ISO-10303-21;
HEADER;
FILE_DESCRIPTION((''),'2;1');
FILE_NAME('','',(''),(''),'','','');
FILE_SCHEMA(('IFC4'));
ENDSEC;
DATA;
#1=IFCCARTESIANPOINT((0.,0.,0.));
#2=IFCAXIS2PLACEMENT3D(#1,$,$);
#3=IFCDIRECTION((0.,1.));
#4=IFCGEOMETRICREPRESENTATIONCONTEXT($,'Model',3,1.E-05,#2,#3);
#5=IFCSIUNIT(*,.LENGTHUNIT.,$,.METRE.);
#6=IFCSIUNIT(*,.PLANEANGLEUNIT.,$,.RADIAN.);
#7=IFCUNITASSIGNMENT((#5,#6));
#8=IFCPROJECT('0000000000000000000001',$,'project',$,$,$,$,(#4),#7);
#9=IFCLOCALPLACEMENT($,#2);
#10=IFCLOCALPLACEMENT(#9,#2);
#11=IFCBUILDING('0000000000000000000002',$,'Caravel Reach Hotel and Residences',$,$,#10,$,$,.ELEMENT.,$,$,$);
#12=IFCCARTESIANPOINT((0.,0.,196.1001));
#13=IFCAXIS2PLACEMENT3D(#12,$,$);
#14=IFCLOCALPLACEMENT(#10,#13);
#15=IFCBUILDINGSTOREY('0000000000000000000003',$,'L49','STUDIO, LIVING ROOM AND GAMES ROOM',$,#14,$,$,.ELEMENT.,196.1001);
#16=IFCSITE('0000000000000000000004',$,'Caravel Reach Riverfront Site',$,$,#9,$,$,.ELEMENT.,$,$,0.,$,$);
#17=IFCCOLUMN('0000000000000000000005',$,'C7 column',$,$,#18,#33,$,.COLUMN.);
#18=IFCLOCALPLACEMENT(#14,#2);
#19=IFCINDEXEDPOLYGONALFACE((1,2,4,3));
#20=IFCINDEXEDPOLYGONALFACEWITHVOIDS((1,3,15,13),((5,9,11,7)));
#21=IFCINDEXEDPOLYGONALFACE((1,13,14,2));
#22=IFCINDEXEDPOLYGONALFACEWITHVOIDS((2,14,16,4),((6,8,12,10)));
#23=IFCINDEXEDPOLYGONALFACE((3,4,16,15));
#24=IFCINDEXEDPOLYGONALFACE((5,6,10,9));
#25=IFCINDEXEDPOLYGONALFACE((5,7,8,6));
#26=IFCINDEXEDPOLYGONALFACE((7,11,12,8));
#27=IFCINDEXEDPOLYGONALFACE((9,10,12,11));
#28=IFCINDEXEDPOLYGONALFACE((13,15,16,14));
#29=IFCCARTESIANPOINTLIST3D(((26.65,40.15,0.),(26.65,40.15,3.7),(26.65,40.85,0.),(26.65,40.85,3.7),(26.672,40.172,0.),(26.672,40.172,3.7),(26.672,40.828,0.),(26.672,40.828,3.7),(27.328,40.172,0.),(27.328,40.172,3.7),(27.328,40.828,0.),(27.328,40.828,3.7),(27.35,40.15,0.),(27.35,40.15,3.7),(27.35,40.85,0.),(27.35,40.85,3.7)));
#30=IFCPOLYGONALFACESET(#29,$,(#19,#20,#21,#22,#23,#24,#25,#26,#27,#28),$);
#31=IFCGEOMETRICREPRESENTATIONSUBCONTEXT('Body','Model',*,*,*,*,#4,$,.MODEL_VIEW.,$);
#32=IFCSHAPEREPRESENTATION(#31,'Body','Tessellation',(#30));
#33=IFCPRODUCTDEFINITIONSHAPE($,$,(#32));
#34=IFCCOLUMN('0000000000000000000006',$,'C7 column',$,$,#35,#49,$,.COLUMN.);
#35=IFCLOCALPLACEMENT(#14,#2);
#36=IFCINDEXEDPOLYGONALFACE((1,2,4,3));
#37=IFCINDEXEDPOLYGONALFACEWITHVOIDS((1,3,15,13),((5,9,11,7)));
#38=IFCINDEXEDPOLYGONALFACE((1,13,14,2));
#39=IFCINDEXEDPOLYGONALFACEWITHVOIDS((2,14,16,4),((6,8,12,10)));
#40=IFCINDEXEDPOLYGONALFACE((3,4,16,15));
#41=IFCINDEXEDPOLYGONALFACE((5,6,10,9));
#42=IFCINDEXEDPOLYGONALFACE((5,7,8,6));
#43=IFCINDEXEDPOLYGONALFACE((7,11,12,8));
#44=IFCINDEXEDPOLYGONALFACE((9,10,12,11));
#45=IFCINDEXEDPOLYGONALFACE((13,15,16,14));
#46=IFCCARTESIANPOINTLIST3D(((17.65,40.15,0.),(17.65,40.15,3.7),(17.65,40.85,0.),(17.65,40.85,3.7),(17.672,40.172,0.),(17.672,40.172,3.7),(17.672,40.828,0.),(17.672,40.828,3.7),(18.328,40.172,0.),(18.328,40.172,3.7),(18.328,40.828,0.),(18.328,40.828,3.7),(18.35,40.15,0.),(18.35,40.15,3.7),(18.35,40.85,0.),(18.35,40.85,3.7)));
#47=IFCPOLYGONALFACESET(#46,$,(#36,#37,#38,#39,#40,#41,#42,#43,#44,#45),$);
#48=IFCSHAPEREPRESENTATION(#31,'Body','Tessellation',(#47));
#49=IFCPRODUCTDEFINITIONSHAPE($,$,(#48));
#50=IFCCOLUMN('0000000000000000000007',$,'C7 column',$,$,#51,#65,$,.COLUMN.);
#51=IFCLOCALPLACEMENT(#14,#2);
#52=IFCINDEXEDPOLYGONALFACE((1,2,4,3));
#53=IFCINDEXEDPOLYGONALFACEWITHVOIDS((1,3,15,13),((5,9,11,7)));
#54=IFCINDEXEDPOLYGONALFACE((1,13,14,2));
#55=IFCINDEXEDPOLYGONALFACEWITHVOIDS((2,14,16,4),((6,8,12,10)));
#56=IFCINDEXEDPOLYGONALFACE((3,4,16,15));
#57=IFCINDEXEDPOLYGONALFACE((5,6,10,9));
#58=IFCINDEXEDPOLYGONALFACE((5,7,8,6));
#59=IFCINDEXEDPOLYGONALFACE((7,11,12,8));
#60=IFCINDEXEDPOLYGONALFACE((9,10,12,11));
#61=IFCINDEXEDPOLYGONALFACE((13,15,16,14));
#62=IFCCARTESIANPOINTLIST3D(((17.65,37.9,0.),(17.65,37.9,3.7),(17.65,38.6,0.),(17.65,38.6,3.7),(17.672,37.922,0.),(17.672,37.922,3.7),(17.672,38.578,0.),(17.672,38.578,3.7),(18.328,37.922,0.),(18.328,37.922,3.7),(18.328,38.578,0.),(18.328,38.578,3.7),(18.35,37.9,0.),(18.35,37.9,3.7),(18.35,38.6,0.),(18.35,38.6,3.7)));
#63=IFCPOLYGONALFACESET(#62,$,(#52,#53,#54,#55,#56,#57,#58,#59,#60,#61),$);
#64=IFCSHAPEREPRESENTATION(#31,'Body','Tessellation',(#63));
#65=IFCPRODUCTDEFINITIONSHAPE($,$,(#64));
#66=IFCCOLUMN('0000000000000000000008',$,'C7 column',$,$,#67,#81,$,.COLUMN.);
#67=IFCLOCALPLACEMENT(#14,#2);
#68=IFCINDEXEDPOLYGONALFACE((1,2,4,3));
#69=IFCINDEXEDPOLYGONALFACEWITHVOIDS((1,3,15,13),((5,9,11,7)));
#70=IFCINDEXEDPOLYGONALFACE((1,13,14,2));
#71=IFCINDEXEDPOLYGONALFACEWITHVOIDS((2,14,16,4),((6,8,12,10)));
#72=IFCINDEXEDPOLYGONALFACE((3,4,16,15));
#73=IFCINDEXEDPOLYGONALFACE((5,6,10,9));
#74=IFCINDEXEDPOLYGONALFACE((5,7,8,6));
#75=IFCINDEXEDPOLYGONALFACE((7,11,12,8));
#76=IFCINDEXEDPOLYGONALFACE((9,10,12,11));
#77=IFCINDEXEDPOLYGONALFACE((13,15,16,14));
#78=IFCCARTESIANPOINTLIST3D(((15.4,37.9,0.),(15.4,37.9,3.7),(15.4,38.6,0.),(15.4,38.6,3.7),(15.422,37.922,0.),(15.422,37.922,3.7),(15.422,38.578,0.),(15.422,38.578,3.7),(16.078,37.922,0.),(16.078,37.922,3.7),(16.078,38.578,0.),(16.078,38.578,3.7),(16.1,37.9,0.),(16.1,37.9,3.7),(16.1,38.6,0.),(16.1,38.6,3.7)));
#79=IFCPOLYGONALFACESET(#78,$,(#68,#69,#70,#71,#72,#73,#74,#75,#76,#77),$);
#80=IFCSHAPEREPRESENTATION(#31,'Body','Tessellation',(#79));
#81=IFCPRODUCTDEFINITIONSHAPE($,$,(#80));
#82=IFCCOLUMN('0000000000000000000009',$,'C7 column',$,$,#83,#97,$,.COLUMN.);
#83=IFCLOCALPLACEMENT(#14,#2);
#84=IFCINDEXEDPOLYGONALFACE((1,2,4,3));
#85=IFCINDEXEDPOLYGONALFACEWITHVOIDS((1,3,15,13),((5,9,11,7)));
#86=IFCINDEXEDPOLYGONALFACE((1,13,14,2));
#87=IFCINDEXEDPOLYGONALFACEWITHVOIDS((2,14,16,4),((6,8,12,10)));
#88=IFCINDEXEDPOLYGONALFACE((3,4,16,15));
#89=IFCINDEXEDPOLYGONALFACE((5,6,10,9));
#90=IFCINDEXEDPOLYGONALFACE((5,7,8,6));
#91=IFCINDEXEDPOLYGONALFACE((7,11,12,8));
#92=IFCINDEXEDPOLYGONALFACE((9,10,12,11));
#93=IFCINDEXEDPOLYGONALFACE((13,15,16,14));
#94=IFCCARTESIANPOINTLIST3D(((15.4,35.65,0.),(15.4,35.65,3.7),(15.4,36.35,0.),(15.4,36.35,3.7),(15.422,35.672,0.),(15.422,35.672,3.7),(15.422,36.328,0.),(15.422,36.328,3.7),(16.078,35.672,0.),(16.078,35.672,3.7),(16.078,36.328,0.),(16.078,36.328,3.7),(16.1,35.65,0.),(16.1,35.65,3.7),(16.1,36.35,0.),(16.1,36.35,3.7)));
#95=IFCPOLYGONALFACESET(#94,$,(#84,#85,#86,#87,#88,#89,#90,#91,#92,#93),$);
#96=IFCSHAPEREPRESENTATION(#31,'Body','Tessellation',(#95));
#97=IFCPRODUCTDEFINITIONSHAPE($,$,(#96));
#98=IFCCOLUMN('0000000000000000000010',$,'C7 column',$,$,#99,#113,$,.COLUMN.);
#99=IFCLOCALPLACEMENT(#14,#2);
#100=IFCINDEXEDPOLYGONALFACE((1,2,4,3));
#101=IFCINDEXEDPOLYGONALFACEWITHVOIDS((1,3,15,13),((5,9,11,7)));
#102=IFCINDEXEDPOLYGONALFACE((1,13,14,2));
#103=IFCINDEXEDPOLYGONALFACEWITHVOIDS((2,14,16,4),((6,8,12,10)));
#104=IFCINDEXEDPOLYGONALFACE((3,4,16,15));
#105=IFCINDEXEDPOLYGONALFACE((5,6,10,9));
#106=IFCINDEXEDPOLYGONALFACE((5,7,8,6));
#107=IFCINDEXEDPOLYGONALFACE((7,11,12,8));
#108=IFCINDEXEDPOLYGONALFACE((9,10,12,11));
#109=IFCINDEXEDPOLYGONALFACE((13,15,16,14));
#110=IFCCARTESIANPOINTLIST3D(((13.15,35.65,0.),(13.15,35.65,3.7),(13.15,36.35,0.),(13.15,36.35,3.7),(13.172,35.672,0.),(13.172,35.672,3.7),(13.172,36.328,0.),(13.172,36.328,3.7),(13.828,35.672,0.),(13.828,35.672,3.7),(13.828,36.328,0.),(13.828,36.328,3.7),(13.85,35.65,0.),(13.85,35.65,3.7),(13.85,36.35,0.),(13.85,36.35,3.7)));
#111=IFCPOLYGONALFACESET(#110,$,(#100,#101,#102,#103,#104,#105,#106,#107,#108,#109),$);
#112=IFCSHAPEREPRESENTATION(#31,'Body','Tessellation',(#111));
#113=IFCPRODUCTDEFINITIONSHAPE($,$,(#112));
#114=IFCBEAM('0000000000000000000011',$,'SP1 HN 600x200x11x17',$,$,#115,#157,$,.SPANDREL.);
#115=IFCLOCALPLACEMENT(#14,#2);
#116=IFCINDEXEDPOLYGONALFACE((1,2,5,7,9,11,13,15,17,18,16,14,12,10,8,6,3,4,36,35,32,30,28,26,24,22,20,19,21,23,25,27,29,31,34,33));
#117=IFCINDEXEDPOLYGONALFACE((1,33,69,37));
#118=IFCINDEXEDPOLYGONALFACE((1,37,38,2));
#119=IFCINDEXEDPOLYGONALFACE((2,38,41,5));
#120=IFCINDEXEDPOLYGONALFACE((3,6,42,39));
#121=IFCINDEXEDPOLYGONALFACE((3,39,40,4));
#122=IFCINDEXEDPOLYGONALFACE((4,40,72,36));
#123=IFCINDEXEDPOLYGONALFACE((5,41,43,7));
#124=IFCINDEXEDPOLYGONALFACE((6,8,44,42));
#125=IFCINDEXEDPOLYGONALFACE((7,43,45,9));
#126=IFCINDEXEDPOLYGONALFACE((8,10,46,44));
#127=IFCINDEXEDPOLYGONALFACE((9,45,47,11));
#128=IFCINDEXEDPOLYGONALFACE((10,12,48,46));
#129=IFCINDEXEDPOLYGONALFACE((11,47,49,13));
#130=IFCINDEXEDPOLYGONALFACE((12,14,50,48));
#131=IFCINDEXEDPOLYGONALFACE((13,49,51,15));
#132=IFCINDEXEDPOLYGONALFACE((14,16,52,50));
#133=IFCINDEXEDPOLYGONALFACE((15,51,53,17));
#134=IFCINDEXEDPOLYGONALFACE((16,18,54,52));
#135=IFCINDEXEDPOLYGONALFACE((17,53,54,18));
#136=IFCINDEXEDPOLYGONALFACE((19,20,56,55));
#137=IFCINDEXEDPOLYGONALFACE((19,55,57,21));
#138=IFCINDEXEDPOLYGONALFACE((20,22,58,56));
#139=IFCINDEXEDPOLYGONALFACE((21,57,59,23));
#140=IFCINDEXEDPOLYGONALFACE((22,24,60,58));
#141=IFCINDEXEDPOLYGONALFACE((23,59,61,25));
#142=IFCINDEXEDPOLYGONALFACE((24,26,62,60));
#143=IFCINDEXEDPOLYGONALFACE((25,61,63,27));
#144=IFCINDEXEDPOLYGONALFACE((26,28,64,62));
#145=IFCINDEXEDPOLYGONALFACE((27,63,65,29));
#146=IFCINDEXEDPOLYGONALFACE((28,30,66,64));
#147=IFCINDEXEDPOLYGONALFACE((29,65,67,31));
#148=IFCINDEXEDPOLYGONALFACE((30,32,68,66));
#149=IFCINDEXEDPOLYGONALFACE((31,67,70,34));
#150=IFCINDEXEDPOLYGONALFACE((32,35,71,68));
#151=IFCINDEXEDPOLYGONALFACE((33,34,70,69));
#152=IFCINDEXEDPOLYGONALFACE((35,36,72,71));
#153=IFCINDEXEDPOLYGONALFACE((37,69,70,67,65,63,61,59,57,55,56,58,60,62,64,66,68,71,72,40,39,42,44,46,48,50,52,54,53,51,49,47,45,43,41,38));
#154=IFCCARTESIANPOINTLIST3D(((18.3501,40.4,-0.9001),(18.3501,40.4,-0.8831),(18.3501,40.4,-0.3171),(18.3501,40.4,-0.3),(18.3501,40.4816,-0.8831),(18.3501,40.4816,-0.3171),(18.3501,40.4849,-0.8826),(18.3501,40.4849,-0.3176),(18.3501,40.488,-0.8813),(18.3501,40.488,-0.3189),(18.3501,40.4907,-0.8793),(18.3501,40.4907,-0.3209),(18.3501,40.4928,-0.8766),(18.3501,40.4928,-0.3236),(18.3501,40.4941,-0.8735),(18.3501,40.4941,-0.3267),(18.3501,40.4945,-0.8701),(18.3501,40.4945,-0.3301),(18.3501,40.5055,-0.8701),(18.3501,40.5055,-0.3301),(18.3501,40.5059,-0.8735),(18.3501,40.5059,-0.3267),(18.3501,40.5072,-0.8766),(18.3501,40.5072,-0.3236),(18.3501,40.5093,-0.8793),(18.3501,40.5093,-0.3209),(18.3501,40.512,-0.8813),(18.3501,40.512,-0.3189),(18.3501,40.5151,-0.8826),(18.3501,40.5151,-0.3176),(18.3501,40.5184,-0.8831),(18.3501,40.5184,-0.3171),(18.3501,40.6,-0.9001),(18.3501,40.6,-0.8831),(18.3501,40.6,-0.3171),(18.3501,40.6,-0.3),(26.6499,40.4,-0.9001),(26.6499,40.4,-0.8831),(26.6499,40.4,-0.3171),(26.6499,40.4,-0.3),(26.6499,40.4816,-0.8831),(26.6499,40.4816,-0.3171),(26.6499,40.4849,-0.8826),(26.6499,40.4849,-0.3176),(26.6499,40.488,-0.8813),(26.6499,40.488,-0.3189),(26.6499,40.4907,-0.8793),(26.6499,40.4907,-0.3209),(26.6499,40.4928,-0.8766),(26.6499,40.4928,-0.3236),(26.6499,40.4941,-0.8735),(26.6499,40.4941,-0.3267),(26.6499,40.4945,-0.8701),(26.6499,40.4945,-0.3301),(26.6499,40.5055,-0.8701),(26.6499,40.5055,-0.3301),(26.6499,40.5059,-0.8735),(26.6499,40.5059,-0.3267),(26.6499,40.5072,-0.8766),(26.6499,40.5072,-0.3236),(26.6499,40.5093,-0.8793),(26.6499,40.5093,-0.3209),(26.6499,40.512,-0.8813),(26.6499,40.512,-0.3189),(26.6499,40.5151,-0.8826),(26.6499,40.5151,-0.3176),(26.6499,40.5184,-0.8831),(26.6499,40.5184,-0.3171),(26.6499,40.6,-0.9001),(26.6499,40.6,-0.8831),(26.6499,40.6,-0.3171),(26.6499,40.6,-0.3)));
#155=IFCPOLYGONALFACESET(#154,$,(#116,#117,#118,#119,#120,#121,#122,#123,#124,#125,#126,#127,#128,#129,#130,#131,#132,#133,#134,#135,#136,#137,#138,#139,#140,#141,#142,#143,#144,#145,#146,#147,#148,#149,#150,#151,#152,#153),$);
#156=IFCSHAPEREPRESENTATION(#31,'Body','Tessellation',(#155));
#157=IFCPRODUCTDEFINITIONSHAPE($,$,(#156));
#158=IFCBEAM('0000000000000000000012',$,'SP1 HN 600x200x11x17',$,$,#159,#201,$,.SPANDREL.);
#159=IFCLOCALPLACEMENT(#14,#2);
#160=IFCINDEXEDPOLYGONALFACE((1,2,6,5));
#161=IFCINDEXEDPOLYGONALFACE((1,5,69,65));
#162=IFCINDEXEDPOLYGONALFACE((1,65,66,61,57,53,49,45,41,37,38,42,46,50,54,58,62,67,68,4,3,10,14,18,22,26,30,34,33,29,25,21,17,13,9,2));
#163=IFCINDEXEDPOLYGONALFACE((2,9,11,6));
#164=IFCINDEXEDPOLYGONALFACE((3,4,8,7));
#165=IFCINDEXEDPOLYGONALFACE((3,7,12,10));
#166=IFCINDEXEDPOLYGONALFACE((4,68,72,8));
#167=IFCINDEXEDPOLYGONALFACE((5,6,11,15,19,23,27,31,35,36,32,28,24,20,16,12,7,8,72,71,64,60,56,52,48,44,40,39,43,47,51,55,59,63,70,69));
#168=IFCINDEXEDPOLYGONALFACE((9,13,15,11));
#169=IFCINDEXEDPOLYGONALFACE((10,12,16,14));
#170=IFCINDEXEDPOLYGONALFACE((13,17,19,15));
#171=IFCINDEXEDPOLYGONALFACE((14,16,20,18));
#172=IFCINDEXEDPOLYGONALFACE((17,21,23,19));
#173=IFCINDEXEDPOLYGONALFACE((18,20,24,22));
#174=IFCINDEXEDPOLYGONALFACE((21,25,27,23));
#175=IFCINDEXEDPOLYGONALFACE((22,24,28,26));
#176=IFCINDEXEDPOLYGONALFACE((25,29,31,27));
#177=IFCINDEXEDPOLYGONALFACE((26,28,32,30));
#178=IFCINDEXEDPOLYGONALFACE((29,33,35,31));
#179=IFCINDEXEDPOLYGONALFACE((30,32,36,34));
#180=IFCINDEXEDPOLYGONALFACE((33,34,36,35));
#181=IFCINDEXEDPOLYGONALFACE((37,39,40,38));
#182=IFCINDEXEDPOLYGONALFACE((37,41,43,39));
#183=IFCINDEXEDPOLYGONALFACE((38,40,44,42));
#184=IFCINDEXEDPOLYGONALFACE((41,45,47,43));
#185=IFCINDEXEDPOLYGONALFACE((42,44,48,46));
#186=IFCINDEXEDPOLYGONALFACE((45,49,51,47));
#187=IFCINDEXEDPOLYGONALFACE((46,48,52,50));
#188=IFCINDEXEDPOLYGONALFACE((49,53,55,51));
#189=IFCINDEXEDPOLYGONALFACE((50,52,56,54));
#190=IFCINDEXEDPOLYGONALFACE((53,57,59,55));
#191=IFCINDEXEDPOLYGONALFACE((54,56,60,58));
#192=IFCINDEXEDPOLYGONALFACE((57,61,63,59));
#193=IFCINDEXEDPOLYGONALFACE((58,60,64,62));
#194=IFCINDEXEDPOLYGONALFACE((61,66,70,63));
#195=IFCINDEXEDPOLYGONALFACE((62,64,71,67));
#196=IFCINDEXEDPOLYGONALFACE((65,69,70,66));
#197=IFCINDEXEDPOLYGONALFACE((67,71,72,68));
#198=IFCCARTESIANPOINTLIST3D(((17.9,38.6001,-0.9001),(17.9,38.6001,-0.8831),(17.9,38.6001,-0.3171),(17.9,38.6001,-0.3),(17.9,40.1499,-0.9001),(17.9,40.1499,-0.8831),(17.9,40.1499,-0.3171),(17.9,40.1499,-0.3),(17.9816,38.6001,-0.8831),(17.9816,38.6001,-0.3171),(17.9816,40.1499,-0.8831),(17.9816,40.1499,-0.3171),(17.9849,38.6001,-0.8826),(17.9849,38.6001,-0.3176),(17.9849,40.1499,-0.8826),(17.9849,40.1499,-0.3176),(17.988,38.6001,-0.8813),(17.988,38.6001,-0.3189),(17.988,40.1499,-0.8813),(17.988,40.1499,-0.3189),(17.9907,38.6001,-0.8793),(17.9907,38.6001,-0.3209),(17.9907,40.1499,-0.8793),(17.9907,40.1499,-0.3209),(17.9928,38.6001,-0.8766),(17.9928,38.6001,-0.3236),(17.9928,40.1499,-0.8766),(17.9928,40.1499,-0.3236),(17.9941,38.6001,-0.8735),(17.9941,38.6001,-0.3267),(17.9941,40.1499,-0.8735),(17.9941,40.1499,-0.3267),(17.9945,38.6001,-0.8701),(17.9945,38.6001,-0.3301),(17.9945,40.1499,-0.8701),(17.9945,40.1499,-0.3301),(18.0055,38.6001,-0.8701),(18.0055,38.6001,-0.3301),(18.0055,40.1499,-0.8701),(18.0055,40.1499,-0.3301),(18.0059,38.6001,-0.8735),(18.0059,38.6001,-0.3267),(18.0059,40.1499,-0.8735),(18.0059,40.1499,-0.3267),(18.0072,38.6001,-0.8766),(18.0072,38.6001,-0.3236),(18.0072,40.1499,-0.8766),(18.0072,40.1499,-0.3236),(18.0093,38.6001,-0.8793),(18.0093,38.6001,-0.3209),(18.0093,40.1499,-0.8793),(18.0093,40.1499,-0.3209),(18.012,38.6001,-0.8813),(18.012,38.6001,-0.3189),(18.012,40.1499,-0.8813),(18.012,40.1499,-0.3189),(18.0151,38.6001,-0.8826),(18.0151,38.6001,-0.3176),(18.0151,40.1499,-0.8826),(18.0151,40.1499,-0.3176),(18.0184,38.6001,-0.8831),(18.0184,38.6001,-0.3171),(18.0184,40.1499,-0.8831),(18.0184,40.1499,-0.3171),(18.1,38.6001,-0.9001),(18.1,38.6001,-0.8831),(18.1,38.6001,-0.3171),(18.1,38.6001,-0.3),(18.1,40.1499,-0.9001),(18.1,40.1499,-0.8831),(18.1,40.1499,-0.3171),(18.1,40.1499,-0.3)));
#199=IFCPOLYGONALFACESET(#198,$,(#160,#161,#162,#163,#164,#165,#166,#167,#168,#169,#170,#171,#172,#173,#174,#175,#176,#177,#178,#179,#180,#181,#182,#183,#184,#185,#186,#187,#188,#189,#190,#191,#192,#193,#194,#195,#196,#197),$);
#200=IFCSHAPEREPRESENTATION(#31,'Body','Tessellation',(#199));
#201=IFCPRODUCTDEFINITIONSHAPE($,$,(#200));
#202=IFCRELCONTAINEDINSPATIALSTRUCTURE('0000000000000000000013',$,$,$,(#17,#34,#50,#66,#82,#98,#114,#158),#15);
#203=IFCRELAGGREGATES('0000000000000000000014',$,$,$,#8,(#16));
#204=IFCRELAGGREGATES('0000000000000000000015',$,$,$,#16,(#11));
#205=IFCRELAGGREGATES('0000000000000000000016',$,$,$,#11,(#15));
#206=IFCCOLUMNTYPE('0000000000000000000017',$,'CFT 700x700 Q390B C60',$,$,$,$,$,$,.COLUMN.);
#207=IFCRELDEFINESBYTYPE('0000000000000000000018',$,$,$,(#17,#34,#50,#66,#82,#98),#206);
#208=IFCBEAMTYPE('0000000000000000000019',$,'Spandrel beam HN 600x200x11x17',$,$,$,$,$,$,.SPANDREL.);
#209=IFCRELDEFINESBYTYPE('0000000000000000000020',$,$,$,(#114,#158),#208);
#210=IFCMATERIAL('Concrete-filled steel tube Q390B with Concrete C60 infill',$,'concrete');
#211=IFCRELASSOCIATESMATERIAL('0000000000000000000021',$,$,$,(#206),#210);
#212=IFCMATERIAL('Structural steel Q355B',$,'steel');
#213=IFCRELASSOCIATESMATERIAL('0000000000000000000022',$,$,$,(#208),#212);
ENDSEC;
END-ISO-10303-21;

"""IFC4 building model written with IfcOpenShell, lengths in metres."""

from ifc_helpers import new_model, si_unit, direction, frame, origin, origin_2d, place, context, subcontext, project, spatial, hollow_rectangle, i_section, extrude, material, material_profile, profile_set, type_object, element, save


model = new_model("IFC4")

# Units and contexts
model_context = context("Model", 3, precision=1e-05, world=origin(), true_north=direction((0.0, 1.0)))
body_context = subcontext(model_context, "Body", "Model", "MODEL_VIEW")
ifc_project = project(units=[si_unit("LENGTHUNIT", "METRE"), si_unit("PLANEANGLEUNIT", "RADIAN")], contexts=[model_context])

# Site, building, storey
site_placement = place(None, origin())
site = spatial("IfcSite", under=ifc_project, at=site_placement, Name="Caravel Reach Riverfront Site", CompositionType="ELEMENT", RefElevation=0.0)
building_placement = place(site_placement, origin())
building = spatial("IfcBuilding", under=site, at=building_placement, Name="Caravel Reach Hotel and Residences", CompositionType="ELEMENT")
storey_placement = place(building_placement, frame((0.0, 0.0, 196.1001)))
storey = spatial("IfcBuildingStorey", under=building, at=storey_placement, Name="L49", Description="STUDIO, LIVING ROOM AND GAMES ROOM", CompositionType="ELEMENT", Elevation=196.1001)

# Columns
ifc_material_1 = material(Name="Concrete-filled steel tube Q390B with Concrete C60 infill", Category="concrete")
ifc_material_profile_1 = material_profile(ifc_material_1, hollow_rectangle(XDim=0.7, YDim=0.7, WallThickness=0.022, at=origin_2d()), Name="RHS 700x700x22")
ifc_profile_set_1 = profile_set([ifc_material_profile_1], Name="Concrete-filled steel tube Q390B with Concrete C60 infill")
column_type = type_object("IfcColumnType", Name="CFT 700x700 Q390B C60", PredefinedType="COLUMN", material=ifc_profile_set_1)
for number, where, z_axis, x_axis, name in (
    (1, (27.0, 40.5, 0.0), (0.0, 0.0, 1.0), (1.0, 0.0, 0.0), "C7 column"),
    (2, (18.0, 40.5, 0.0), (0.0, 0.0, 1.0), (1.0, 0.0, 0.0), "C7 column"),
    (3, (18.0, 38.25, 0.0), (0.0, 0.0, 1.0), (1.0, 0.0, 0.0), "C7 column"),
    (4, (15.75, 38.25, 0.0), (0.0, 0.0, 1.0), (1.0, 0.0, 0.0), "C7 column"),
    (5, (15.75, 36.0, 0.0), (0.0, 0.0, 1.0), (1.0, 0.0, 0.0), "C7 column"),
    (6, (13.5, 36.0, 0.0), (0.0, 0.0, 1.0), (1.0, 0.0, 0.0), "C7 column"),
):
    element("IfcColumn", number, at=place(storey_placement, frame(where, z_axis=z_axis, x_axis=x_axis)), inside=storey, type_object=column_type, Name=name, PredefinedType="COLUMN", context=body_context, shape_type="SweptSolid", body=[
        extrude(hollow_rectangle(XDim=0.7, YDim=0.7, WallThickness=0.022, at=origin_2d()), origin(), (0.0, 0.0, 1.0), 3.7),
    ])

# Beams
ifc_material_2 = material(Name="Structural steel Q355B", Category="steel")
ifc_material_profile_2 = material_profile(ifc_material_2, i_section(OverallWidth=0.2, OverallDepth=0.6001, WebThickness=0.011, FlangeThickness=0.0171, FilletRadius=0.0129, at=origin_2d()), Name="HN 600x200x11x17")
ifc_profile_set_2 = profile_set([ifc_material_profile_2], Name="Structural steel Q355B")
beam_type = type_object("IfcBeamType", Name="Spandrel beam HN 600x200x11x17", PredefinedType="SPANDREL", material=ifc_profile_set_2)
beam_placement = place(storey_placement, frame((26.6499, 40.5, -0.6001), z_axis=(-1.0, 0.0, 0.0), x_axis=(0.0, -1.0, 0.0)))
element("IfcBeam", 7, at=beam_placement, inside=storey, type_object=beam_type, Name="SP1 HN 600x200x11x17", PredefinedType="SPANDREL", context=body_context, shape_type="SweptSolid", body=[
    extrude(i_section(OverallWidth=0.2, OverallDepth=0.6001, WebThickness=0.011, FlangeThickness=0.0171, FilletRadius=0.0129, at=origin_2d()), origin(), (0.0, 0.0, 1.0), 8.2998),
])
for number, where, z_axis, x_axis, name in (
    (8, (18.0, 40.1499, -0.6001), (0.0, -1.0, 0.0), (1.0, 0.0, 0.0), "SP1 HN 600x200x11x17"),
):
    element("IfcBeam", number, at=place(storey_placement, frame(where, z_axis=z_axis, x_axis=x_axis)), inside=storey, type_object=beam_type, Name=name, PredefinedType="SPANDREL", context=body_context, shape_type="SweptSolid", body=[
        extrude(i_section(OverallWidth=0.2, OverallDepth=0.6001, WebThickness=0.011, FlangeThickness=0.0171, FilletRadius=0.0129, at=origin_2d()), origin(), (0.0, 0.0, 1.0), 1.5498),
    ])

save(model, "model.ifc")
